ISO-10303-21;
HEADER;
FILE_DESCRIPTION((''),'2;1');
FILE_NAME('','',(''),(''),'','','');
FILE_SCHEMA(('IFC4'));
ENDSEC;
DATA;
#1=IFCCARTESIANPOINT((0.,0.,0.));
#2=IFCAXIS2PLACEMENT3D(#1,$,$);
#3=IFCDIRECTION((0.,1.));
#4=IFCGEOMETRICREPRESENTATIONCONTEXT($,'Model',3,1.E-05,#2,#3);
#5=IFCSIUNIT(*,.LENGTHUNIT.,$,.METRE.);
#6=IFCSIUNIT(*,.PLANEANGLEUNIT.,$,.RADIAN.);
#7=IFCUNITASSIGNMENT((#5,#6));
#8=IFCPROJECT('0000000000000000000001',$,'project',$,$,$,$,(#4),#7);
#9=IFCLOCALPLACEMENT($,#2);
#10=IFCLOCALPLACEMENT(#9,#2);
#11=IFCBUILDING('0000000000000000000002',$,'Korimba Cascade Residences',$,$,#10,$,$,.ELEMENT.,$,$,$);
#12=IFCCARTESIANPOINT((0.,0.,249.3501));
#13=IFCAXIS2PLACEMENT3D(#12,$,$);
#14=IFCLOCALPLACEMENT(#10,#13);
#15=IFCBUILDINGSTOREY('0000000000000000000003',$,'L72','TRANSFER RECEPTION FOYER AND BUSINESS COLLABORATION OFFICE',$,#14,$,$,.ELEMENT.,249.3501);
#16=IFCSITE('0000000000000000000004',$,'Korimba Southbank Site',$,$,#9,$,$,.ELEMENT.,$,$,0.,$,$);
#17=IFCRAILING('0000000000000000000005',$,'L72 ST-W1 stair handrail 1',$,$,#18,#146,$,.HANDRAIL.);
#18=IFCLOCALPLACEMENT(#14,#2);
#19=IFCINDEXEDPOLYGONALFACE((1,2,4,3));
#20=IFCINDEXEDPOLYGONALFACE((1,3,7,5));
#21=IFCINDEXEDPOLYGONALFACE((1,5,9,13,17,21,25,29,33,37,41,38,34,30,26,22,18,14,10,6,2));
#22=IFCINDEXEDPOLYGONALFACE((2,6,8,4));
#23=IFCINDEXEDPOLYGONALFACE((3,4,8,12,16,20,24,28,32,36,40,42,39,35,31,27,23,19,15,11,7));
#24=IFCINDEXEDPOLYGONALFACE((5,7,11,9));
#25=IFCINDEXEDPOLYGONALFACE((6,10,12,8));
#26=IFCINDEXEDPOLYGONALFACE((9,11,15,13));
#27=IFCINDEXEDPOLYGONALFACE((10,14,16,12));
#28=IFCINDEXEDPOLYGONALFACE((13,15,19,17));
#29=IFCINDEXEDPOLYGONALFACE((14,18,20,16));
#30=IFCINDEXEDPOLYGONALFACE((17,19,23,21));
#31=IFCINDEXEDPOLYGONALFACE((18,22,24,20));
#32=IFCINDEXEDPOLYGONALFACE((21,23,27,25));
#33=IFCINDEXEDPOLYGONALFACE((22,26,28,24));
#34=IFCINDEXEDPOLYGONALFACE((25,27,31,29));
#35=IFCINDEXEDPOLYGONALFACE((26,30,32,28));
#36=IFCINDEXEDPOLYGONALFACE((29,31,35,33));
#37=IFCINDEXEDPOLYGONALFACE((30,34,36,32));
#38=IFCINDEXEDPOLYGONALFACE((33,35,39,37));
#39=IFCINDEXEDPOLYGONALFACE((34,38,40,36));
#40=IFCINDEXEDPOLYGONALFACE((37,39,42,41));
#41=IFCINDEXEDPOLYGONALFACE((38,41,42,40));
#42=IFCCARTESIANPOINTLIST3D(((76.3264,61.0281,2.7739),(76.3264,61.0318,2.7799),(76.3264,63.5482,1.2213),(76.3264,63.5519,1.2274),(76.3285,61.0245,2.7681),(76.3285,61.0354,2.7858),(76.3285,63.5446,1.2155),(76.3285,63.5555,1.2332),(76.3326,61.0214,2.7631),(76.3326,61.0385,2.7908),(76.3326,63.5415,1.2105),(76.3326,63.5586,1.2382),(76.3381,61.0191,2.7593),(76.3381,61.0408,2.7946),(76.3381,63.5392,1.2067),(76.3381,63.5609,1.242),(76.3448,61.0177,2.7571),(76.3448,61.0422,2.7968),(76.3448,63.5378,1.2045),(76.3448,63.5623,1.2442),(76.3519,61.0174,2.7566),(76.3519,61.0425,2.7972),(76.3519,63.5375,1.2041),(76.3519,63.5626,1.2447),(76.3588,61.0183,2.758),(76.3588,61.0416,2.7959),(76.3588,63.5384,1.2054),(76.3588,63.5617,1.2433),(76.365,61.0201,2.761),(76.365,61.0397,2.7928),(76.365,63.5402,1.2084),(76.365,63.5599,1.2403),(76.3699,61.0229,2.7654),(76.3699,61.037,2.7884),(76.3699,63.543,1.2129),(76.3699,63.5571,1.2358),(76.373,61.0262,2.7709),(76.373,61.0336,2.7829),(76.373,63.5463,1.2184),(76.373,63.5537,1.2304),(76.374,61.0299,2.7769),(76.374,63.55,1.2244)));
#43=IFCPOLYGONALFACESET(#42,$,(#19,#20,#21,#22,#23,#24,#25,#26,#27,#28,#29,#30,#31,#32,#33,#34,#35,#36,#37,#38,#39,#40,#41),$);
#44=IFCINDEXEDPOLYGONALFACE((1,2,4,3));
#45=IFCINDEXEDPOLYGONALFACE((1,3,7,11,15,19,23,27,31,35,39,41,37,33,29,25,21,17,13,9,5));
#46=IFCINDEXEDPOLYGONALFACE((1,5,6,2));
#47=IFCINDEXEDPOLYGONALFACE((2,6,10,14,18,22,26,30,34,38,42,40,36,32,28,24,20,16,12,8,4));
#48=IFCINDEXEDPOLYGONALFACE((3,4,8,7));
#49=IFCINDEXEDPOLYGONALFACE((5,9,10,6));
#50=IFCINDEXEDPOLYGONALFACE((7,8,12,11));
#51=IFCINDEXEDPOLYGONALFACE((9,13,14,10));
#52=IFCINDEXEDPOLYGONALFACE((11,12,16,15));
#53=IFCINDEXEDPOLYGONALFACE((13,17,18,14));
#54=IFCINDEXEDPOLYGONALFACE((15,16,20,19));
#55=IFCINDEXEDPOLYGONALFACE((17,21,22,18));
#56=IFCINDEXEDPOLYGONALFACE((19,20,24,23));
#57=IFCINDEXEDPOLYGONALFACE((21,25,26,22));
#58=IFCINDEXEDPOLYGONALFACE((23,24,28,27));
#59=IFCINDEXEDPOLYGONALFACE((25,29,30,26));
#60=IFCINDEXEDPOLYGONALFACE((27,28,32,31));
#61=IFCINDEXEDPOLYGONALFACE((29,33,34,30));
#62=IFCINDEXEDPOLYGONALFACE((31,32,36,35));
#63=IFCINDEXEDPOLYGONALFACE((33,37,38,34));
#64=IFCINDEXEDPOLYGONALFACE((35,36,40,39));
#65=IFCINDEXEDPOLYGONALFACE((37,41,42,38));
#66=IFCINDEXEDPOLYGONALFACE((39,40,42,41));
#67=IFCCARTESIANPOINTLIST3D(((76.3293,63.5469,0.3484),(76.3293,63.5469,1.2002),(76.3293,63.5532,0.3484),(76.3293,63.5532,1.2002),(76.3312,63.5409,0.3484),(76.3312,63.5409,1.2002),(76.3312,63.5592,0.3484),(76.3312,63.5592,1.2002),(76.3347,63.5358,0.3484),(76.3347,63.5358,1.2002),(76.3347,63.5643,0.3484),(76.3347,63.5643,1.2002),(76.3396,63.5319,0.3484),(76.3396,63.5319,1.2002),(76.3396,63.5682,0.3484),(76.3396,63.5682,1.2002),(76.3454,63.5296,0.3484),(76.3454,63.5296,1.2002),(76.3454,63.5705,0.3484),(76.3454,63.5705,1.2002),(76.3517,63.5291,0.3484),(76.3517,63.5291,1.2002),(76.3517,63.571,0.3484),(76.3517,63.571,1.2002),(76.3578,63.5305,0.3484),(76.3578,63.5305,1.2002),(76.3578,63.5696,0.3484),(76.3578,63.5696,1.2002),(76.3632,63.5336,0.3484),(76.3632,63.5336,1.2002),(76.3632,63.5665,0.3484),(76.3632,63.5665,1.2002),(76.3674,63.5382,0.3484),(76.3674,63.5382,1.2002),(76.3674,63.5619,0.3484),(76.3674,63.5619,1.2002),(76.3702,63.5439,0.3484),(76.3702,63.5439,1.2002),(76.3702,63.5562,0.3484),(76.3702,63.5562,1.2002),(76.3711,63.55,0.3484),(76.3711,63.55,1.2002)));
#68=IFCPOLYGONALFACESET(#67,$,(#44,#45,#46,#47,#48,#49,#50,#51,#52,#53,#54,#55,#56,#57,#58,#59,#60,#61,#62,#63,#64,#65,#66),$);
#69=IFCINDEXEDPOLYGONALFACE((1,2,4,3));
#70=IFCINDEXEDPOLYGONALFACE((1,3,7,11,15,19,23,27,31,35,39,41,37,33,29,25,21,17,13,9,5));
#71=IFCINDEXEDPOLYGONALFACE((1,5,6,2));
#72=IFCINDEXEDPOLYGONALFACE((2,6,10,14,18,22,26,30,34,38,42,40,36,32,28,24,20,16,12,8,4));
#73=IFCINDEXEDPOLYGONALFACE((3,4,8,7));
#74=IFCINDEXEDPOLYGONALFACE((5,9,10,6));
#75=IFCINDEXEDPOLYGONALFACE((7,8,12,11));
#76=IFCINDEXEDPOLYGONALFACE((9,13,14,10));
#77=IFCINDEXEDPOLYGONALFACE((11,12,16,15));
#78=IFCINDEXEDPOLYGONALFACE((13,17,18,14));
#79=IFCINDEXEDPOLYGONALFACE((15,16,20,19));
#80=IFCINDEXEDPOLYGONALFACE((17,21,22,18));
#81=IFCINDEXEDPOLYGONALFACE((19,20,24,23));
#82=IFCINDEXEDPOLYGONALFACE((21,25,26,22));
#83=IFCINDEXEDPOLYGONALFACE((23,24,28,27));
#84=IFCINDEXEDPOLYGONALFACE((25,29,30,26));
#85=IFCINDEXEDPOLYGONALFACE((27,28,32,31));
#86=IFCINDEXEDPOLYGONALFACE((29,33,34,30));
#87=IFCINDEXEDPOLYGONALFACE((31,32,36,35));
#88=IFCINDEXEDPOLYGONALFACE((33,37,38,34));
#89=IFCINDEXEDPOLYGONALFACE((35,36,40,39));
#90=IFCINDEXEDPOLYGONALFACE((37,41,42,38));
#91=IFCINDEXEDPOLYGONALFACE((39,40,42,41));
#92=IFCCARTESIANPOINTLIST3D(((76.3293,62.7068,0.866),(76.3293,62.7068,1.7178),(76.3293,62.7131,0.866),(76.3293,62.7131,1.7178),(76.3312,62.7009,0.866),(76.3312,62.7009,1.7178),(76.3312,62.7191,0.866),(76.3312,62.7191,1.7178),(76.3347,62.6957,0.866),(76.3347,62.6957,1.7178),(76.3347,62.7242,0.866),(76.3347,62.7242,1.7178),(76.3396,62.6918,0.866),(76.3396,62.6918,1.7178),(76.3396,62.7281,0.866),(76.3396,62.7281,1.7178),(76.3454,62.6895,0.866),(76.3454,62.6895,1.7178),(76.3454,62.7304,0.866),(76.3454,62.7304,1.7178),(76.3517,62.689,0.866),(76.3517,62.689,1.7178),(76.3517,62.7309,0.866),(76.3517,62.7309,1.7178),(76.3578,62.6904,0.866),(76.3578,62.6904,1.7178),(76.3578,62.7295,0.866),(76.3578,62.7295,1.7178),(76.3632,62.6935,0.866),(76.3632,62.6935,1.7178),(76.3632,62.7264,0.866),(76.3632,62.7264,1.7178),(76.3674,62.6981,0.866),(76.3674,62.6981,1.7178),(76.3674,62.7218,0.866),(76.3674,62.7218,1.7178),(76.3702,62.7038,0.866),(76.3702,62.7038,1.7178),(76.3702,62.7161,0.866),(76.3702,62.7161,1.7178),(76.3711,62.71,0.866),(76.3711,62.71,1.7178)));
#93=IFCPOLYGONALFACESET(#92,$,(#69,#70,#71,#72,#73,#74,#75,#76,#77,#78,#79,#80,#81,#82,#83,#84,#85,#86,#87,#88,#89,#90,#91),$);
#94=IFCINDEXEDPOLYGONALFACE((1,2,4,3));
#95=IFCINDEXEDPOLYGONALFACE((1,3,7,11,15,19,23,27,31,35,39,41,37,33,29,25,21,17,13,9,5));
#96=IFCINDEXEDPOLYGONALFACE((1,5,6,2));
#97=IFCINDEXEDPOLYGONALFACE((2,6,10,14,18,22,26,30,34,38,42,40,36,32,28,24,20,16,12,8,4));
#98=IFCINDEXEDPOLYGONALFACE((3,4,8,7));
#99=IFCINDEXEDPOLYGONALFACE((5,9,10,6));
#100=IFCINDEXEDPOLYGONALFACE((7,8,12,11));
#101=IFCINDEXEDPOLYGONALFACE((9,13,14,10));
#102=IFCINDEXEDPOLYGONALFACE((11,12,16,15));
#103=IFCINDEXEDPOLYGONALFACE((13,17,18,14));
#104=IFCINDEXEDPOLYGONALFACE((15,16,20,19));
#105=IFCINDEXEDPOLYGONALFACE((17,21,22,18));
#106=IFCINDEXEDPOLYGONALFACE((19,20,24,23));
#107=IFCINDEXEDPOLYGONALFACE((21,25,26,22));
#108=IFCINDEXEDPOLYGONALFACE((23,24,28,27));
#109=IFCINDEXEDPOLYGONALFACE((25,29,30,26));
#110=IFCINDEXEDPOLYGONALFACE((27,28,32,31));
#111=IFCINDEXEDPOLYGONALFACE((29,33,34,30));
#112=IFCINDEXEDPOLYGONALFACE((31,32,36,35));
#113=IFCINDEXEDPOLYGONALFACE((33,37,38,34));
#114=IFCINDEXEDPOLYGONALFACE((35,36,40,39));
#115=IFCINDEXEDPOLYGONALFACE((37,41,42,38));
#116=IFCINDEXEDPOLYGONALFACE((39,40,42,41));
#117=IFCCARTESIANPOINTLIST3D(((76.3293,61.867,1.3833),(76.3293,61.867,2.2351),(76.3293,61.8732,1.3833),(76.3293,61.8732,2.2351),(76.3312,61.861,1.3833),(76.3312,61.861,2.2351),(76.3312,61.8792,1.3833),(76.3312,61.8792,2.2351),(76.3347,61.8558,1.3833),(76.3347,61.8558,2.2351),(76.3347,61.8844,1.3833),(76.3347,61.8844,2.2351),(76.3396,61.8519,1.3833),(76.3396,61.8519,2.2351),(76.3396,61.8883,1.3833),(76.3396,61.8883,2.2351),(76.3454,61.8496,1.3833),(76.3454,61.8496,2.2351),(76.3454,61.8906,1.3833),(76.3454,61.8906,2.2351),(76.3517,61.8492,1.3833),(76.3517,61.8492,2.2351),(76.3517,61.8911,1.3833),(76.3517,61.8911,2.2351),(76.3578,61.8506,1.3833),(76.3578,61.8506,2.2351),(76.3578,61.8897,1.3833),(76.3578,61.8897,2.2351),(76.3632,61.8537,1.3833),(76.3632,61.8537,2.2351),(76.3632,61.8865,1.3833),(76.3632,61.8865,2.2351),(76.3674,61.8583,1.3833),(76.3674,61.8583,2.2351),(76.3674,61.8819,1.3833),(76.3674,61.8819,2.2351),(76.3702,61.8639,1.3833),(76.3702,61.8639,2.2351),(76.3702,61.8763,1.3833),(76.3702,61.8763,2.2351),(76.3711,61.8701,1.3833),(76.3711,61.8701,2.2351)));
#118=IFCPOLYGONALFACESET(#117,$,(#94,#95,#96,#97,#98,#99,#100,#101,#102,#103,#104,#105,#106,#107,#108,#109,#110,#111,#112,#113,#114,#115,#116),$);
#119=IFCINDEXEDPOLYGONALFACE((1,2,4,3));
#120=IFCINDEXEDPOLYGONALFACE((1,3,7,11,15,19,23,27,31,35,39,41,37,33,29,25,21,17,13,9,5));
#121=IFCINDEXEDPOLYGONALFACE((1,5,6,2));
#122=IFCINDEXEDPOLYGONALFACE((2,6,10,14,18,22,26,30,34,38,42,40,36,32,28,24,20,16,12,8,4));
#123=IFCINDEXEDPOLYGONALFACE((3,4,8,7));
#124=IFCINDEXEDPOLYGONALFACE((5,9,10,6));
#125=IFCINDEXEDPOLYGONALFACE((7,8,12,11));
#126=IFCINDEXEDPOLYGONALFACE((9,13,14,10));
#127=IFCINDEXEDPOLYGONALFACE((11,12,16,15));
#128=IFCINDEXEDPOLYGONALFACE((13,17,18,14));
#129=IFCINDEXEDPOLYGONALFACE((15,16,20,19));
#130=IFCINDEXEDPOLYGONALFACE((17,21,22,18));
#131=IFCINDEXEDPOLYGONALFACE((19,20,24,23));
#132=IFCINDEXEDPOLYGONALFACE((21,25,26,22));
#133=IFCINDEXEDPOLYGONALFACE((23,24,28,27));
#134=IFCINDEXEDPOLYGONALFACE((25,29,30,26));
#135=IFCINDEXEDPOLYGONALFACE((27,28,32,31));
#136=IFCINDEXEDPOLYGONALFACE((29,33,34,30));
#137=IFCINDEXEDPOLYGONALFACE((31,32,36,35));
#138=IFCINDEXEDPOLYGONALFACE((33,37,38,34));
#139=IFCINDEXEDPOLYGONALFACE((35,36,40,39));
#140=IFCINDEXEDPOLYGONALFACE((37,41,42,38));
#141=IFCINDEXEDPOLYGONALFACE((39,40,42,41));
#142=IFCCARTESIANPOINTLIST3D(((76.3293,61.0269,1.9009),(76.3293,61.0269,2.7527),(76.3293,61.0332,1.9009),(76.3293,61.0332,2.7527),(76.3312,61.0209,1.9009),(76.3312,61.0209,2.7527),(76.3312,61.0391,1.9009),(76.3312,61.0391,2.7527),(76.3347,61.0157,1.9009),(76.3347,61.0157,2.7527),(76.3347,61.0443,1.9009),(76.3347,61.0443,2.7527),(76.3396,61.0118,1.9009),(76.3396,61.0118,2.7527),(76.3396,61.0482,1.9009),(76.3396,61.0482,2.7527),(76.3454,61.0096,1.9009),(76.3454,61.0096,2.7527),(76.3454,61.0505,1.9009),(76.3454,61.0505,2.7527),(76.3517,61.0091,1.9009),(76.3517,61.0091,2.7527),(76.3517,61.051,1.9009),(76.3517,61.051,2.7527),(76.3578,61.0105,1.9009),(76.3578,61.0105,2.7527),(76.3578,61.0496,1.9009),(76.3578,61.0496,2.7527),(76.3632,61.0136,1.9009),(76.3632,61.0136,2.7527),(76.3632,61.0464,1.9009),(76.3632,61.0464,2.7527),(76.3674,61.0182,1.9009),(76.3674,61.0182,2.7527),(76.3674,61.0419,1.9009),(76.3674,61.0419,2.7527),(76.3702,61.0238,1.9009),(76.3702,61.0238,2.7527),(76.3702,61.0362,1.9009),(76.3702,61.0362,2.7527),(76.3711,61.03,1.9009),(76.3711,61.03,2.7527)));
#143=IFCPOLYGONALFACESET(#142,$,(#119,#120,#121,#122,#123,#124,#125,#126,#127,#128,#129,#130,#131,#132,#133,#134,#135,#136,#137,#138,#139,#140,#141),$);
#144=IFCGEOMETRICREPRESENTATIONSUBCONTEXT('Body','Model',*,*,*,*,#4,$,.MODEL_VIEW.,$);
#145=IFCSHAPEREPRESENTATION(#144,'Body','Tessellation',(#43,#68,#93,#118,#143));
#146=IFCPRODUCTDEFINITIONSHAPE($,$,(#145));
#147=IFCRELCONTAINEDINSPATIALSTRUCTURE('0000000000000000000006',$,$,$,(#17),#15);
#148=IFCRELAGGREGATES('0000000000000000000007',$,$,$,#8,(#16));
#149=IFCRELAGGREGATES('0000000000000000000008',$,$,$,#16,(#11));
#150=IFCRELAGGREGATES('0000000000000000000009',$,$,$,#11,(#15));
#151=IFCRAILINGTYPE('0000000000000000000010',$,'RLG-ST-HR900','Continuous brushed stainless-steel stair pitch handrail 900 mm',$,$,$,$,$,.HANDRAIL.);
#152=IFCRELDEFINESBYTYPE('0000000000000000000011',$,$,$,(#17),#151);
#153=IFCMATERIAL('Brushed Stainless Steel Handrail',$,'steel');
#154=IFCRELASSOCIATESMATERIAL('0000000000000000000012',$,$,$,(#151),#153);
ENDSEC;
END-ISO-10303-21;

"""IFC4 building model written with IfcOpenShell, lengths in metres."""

from ifc_helpers import new_model, si_unit, direction, frame, origin, origin_2d, place, context, subcontext, project, spatial, circle, extrude, material, type_object, element, save


model = new_model("IFC4")

# Units and contexts
model_context = context("Model", 3, precision=1e-05, world=origin(), true_north=direction((0.0, 1.0)))
body_context = subcontext(model_context, "Body", "Model", "MODEL_VIEW")
ifc_project = project(units=[si_unit("LENGTHUNIT", "METRE"), si_unit("PLANEANGLEUNIT", "RADIAN")], contexts=[model_context])

# Site, building, storey
site_placement = place(None, origin())
site = spatial("IfcSite", under=ifc_project, at=site_placement, Name="Korimba Southbank Site", CompositionType="ELEMENT", RefElevation=0.0)
building_placement = place(site_placement, origin())
building = spatial("IfcBuilding", under=site, at=building_placement, Name="Korimba Cascade Residences", CompositionType="ELEMENT")
storey_placement = place(building_placement, frame((0.0, 0.0, 249.3501)))
storey = spatial("IfcBuildingStorey", under=building, at=storey_placement, Name="L72", Description="TRANSFER RECEPTION FOYER AND BUSINESS COLLABORATION OFFICE", CompositionType="ELEMENT", Elevation=249.3501)

# Railing
ifc_material_1 = material(Name="Brushed Stainless Steel Handrail", Category="steel")
railing_type_1 = type_object("IfcRailingType", Name="RLG-ST-HR900", Description="Continuous brushed stainless-steel stair pitch handrail 900 mm", PredefinedType="HANDRAIL", material=ifc_material_1)
railing_1_placement = place(storey_placement, frame((76.3501, 63.55, 0.3484)))
element("IfcRailing", 1, at=railing_1_placement, inside=storey, type_object=railing_type_1, Name="L72 ST-W1 stair handrail 1", PredefinedType="HANDRAIL", context=body_context, shape_type="SweptSolid", body=[
    extrude(circle(Radius=0.0239, at=origin_2d()), frame((0.0, 0.0, 0.876), z_axis=(0.0, -0.8514, 0.524516), x_axis=(1.0, 0.0, 0.0)), (0.0, 0.0, 1.0), 2.96),
    extrude(circle(Radius=0.021, at=origin_2d()), origin(), (0.0, 0.0, 1.0), 0.8518),
    extrude(circle(Radius=0.021, at=origin_2d()), frame((0.0, -0.8401, 0.5176)), (0.0, 0.0, 1.0), 0.8518),
    extrude(circle(Radius=0.021, at=origin_2d()), frame((0.0, -1.6799, 1.0349)), (0.0, 0.0, 1.0), 0.8518),
    extrude(circle(Radius=0.021, at=origin_2d()), frame((0.0, -2.52, 1.5525)), (0.0, 0.0, 1.0), 0.8518),
])

save(model, "model.ifc")
